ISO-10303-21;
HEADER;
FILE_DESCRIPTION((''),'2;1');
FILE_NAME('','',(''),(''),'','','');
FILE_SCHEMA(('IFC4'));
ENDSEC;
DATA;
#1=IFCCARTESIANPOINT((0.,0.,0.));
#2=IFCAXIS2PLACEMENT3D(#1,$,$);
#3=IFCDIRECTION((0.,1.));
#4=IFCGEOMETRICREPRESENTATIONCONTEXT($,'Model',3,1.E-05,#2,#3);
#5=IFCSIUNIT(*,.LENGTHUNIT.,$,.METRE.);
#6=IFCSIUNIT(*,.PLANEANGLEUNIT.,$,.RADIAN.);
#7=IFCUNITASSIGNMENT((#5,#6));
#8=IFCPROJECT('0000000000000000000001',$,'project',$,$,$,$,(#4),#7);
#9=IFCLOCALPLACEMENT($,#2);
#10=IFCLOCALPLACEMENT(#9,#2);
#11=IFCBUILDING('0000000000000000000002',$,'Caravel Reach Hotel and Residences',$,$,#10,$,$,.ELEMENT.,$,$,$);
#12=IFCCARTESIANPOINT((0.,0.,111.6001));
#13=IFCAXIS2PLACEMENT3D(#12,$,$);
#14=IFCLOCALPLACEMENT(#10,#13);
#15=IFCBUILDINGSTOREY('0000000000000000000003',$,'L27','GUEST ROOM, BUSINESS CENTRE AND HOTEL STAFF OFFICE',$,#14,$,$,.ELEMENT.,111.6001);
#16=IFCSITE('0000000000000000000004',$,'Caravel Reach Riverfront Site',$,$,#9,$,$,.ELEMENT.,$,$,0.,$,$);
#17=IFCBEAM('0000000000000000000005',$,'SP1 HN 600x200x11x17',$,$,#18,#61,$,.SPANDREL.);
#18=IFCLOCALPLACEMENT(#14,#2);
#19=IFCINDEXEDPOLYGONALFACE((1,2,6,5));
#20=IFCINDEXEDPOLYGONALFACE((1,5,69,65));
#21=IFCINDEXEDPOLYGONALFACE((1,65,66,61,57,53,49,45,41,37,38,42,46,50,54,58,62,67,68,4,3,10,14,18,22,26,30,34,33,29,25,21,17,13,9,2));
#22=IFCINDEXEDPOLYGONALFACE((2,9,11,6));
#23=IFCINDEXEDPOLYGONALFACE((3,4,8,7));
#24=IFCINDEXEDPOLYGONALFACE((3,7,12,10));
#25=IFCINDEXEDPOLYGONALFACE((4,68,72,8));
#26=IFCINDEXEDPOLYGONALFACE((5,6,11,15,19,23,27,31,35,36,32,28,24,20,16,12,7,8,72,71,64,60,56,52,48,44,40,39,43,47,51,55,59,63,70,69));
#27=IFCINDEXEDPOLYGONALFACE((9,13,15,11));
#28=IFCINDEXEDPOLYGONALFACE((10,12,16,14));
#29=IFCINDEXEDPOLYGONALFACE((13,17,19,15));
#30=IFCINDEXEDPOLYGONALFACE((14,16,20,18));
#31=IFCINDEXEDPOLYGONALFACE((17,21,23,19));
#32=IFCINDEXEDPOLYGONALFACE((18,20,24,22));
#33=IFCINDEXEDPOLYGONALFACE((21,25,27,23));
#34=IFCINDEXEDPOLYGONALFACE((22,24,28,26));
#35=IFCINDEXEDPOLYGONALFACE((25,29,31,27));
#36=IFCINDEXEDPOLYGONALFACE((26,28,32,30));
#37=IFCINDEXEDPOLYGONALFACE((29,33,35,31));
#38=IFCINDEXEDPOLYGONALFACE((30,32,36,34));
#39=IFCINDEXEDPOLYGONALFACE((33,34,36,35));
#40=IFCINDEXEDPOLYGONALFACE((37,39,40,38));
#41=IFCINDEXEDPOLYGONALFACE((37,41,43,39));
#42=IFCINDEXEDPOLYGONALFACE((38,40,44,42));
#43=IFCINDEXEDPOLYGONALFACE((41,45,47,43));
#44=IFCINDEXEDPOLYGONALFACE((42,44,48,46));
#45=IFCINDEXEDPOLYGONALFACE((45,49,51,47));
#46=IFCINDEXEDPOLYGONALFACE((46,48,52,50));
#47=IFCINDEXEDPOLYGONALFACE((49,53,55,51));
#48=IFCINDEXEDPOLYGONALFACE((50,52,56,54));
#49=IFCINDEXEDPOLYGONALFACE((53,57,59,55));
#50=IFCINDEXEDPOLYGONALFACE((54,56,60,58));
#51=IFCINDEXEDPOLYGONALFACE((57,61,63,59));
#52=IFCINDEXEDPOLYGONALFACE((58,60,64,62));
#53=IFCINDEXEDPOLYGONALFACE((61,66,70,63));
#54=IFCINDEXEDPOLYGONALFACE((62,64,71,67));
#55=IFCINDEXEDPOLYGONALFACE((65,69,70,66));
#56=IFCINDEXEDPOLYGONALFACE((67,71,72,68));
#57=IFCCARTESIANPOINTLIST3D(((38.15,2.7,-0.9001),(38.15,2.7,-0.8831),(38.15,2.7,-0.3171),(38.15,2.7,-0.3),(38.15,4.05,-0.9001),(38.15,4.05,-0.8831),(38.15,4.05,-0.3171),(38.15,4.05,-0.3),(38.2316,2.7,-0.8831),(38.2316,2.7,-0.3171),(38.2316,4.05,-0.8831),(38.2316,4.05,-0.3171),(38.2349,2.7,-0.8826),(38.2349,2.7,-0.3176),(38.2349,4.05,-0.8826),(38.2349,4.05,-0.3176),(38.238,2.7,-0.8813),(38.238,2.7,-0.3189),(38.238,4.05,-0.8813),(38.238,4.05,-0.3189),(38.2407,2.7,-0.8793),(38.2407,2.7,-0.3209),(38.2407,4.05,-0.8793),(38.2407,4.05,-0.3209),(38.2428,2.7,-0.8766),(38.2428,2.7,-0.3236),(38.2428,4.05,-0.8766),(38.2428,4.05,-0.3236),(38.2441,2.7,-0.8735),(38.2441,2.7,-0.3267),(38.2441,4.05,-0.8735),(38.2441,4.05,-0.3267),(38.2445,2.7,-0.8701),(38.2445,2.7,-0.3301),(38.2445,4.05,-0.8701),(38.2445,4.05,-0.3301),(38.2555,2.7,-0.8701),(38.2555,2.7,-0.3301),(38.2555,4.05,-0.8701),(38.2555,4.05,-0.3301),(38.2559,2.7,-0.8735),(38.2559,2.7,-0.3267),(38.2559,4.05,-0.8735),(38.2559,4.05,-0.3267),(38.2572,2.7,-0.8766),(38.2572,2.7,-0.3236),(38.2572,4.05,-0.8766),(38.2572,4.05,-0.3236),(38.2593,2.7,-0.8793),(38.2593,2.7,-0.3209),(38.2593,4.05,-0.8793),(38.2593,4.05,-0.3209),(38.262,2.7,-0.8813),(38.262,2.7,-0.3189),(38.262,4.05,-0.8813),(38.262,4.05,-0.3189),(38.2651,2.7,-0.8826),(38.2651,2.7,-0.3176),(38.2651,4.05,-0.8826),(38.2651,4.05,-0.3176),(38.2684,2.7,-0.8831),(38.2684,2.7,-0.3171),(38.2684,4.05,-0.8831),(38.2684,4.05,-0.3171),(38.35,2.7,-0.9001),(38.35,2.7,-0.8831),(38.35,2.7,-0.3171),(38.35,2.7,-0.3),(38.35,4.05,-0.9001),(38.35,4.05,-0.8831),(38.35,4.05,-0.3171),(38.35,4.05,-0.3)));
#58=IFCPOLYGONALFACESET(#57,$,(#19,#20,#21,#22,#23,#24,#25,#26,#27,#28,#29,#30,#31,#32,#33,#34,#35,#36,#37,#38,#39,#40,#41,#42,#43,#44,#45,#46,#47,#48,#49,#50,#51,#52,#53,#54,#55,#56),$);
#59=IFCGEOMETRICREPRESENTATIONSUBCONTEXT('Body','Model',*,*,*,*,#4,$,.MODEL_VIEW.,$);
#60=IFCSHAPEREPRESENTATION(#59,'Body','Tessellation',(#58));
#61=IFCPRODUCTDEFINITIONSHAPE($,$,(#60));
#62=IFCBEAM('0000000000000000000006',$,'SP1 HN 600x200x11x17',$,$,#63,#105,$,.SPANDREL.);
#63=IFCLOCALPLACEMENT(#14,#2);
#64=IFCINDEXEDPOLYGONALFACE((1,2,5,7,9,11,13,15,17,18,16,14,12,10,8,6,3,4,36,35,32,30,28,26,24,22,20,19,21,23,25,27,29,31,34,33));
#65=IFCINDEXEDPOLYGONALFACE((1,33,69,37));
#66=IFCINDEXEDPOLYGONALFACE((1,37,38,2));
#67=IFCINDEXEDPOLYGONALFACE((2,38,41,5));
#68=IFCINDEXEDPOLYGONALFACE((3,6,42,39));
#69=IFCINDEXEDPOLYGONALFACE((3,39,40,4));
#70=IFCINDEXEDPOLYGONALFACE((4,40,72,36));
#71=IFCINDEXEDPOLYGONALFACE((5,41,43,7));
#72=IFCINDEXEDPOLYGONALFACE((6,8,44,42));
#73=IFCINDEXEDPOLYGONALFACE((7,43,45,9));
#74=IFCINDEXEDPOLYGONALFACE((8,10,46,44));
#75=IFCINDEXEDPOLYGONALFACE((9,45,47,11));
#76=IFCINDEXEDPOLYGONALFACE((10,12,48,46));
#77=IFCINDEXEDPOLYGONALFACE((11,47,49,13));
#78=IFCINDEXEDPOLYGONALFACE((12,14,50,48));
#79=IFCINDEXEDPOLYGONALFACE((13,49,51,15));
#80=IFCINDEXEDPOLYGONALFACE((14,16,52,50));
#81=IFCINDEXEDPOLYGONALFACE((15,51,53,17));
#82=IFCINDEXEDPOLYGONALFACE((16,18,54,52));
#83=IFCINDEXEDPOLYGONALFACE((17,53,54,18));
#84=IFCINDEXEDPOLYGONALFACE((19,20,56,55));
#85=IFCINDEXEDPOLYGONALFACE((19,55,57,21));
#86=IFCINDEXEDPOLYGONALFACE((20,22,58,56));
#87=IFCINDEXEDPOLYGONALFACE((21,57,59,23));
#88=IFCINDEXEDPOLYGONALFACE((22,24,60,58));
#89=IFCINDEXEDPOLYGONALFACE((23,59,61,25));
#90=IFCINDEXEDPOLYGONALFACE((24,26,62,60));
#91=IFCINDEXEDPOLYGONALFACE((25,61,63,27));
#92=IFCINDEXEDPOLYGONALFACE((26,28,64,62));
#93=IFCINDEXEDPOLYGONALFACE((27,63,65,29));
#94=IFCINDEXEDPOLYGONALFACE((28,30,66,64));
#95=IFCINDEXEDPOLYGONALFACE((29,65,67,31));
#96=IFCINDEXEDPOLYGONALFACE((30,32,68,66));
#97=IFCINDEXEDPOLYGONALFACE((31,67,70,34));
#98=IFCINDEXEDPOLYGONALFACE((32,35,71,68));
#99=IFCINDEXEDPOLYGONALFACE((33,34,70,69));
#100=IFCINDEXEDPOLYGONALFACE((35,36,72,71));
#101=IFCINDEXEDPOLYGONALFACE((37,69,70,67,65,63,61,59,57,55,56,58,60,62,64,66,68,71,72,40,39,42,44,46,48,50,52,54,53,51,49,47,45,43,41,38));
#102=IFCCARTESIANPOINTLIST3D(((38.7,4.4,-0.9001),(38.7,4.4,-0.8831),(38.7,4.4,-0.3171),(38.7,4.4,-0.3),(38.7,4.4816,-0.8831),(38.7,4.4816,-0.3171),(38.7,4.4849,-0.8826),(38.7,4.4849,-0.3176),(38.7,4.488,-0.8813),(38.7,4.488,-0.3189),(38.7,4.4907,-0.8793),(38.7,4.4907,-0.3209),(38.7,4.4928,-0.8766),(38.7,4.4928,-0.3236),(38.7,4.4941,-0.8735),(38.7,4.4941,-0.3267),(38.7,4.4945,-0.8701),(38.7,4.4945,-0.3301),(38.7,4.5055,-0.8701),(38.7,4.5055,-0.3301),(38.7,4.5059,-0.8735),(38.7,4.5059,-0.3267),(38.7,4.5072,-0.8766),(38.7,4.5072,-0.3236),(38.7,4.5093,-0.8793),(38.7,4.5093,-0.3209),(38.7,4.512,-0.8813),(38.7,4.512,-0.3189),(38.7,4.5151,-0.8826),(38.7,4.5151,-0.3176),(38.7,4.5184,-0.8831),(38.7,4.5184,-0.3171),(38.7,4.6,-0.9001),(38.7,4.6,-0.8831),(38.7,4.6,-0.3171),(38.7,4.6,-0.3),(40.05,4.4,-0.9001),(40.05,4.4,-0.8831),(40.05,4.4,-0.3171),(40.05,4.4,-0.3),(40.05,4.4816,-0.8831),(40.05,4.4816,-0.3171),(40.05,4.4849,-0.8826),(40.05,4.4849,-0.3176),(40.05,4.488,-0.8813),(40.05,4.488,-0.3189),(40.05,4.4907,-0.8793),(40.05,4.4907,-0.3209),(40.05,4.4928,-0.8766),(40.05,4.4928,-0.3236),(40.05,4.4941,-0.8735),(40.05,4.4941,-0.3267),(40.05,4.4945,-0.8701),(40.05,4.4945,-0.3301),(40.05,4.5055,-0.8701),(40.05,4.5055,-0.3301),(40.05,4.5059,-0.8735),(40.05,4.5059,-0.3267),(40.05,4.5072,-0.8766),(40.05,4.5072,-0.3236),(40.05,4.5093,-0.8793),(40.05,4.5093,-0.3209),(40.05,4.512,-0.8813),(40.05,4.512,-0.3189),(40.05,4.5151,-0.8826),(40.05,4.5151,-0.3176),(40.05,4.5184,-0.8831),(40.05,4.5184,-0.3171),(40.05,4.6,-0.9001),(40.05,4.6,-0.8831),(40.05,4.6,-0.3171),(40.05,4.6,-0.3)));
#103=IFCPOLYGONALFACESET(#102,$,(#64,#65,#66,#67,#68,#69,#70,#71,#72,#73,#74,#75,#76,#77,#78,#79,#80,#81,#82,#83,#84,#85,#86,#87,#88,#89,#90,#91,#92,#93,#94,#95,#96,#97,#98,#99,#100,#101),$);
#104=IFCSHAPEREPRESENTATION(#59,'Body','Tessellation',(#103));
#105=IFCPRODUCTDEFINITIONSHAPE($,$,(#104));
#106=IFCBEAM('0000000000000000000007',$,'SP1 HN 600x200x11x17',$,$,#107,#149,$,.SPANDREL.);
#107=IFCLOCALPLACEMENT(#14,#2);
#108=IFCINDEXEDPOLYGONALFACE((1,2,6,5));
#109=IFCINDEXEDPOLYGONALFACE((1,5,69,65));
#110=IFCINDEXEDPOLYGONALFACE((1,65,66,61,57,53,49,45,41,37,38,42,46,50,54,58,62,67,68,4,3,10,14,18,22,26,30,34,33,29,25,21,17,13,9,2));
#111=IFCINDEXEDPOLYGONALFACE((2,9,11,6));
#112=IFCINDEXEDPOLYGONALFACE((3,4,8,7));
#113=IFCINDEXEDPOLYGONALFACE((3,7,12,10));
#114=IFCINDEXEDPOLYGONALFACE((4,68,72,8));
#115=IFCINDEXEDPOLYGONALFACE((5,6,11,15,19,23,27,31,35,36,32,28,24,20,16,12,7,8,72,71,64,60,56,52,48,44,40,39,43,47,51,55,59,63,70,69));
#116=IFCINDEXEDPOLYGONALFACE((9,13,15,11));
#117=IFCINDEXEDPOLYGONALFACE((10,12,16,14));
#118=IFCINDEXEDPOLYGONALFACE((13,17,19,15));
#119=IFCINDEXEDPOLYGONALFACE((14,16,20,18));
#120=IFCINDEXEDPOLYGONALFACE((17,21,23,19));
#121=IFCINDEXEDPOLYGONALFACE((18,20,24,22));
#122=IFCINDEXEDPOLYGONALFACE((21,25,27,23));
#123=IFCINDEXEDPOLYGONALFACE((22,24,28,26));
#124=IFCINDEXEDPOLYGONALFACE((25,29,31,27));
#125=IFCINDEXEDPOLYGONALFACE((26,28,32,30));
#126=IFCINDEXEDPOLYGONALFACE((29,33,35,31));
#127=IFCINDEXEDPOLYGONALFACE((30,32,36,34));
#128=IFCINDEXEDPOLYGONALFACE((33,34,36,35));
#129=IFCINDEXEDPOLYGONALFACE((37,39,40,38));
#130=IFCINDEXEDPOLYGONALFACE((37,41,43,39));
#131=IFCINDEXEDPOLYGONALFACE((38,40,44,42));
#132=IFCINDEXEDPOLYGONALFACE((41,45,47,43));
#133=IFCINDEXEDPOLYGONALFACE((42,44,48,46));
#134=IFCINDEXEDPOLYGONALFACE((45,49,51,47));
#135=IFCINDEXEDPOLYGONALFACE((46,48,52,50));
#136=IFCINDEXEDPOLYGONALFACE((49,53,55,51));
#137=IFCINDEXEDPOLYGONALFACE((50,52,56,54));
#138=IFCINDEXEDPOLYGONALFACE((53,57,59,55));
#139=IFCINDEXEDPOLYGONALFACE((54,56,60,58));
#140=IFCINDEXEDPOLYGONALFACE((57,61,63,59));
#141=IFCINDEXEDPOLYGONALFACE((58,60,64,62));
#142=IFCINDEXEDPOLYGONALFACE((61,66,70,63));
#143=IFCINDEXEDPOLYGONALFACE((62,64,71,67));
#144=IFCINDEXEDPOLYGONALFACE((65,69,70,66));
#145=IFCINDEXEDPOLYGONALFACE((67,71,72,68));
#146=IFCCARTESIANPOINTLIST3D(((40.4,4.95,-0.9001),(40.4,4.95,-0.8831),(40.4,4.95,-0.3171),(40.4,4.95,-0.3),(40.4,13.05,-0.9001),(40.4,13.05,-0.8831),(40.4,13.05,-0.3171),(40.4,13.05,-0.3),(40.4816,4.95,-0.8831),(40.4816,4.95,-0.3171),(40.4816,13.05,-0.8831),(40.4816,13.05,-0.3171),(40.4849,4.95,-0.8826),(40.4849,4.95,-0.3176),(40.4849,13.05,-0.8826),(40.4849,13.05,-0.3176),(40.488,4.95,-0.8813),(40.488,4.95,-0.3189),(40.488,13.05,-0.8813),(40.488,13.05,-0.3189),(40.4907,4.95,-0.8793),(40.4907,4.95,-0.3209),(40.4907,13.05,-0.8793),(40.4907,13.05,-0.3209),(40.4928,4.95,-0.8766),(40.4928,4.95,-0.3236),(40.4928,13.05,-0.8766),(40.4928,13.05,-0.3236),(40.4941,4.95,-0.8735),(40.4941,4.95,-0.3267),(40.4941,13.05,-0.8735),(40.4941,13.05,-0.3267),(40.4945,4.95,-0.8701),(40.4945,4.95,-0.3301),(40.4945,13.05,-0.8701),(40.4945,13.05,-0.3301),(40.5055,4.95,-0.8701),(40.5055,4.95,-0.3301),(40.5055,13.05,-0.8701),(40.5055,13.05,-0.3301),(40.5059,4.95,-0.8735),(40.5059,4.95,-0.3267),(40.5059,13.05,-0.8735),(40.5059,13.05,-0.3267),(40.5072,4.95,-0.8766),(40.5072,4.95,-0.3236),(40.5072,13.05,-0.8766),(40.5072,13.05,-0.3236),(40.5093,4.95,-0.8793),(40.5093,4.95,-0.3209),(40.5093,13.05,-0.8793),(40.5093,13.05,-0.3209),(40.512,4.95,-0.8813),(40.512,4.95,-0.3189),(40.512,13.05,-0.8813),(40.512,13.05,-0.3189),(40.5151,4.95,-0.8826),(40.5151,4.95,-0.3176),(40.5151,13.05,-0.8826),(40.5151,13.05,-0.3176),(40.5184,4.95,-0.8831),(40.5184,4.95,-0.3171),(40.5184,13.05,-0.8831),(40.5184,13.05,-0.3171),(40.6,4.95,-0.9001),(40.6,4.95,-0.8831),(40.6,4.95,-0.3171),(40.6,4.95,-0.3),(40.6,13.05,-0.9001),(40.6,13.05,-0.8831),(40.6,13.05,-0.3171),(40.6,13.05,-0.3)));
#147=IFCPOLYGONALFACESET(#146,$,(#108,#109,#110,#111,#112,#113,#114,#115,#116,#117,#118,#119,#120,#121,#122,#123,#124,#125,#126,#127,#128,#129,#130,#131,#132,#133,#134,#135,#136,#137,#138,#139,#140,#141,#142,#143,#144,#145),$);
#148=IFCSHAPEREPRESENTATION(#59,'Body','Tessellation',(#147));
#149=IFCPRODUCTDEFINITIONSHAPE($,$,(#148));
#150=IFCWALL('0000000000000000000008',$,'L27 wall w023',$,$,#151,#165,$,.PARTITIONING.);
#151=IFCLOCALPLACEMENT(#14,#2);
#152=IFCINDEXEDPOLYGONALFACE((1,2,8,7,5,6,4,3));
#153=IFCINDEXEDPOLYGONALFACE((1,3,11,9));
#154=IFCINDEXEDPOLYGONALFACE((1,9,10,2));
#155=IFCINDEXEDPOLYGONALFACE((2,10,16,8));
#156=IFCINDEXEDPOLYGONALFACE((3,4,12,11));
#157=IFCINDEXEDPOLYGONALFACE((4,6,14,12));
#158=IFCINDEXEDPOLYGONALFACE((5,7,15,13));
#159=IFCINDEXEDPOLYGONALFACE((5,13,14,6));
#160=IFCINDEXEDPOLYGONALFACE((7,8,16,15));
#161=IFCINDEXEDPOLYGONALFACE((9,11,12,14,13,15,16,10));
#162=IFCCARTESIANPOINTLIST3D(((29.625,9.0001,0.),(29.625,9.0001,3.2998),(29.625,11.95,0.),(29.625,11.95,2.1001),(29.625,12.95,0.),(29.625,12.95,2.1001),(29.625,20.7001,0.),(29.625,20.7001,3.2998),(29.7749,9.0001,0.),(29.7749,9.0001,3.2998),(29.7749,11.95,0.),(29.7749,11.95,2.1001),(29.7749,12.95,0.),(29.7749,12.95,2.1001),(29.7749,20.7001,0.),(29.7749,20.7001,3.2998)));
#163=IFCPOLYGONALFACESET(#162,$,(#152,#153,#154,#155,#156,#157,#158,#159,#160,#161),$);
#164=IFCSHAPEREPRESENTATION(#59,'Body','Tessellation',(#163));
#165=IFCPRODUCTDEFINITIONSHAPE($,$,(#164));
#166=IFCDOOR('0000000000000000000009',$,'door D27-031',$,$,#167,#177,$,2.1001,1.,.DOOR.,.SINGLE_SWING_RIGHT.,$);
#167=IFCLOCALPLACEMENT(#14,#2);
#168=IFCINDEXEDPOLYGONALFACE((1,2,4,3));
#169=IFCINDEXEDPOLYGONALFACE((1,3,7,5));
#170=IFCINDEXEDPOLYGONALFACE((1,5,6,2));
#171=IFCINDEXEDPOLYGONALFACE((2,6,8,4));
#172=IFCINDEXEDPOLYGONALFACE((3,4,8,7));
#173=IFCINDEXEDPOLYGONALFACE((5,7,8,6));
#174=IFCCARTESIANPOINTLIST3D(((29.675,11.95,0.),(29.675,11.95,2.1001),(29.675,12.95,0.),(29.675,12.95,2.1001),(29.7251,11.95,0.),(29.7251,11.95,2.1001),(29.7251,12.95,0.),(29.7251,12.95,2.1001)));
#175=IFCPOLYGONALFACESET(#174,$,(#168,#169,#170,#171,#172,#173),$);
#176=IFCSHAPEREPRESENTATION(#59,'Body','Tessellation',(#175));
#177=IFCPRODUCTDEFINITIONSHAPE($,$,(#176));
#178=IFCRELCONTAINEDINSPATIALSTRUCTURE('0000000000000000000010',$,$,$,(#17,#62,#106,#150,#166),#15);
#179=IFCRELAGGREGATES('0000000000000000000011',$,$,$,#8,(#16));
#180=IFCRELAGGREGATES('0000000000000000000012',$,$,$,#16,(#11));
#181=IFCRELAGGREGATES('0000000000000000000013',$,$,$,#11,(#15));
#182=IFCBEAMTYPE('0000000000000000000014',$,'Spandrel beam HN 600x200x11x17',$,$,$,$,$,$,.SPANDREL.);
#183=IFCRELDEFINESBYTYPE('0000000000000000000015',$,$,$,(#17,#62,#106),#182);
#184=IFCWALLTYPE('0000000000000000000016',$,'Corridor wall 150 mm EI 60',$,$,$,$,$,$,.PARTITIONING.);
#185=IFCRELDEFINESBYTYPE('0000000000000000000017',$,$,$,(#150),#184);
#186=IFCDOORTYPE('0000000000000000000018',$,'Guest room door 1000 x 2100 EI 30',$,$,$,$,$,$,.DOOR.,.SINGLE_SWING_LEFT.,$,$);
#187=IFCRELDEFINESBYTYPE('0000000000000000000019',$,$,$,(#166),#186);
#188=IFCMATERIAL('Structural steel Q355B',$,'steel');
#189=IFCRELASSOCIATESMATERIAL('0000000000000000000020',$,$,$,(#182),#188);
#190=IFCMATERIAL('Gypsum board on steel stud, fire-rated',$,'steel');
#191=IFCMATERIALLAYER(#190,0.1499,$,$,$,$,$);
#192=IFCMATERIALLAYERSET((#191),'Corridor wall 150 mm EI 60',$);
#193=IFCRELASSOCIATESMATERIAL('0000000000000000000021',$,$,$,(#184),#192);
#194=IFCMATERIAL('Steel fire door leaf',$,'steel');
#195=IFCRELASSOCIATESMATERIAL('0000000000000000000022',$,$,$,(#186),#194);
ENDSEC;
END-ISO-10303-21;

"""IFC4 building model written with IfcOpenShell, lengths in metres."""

from ifc_helpers import new_model, si_unit, direction, frame, frame_2d, origin, origin_2d, place, context, subcontext, project, spatial, rectangle, i_section, extrude, material, layer, layer_set, material_profile, profile_set, type_object, element, fill, save


model = new_model("IFC4")

# Units and contexts
model_context = context("Model", 3, precision=1e-05, world=origin(), true_north=direction((0.0, 1.0)))
body_context = subcontext(model_context, "Body", "Model", "MODEL_VIEW")
ifc_project = project(units=[si_unit("LENGTHUNIT", "METRE"), si_unit("PLANEANGLEUNIT", "RADIAN")], contexts=[model_context])

# Site, building, storey
site_placement = place(None, origin())
site = spatial("IfcSite", under=ifc_project, at=site_placement, Name="Caravel Reach Riverfront Site", CompositionType="ELEMENT", RefElevation=0.0)
building_placement = place(site_placement, origin())
building = spatial("IfcBuilding", under=site, at=building_placement, Name="Caravel Reach Hotel and Residences", CompositionType="ELEMENT")
storey_placement = place(building_placement, frame((0.0, 0.0, 111.6001)))
storey = spatial("IfcBuildingStorey", under=building, at=storey_placement, Name="L27", Description="GUEST ROOM, BUSINESS CENTRE AND HOTEL STAFF OFFICE", CompositionType="ELEMENT", Elevation=111.6001)

# Beams
ifc_material_1 = material(Name="Structural steel Q355B", Category="steel")
ifc_material_profile_1 = material_profile(ifc_material_1, i_section(OverallWidth=0.2, OverallDepth=0.6001, WebThickness=0.011, FlangeThickness=0.0171, FilletRadius=0.0129, at=origin_2d()), Name="HN 600x200x11x17")
ifc_profile_set_1 = profile_set([ifc_material_profile_1], Name="Structural steel Q355B")
beam_type = type_object("IfcBeamType", Name="Spandrel beam HN 600x200x11x17", PredefinedType="SPANDREL", material=ifc_profile_set_1)
for number, where, z_axis, x_axis, name in (
    (1, (38.25, 2.7, -0.6001), (0.0, 1.0, 0.0), (-1.0, 0.0, 0.0), "SP1 HN 600x200x11x17"),
    (2, (38.7, 4.5, -0.6001), (1.0, 0.0, 0.0), (0.0, 1.0, 0.0), "SP1 HN 600x200x11x17"),
):
    element("IfcBeam", number, at=place(storey_placement, frame(where, z_axis=z_axis, x_axis=x_axis)), inside=storey, type_object=beam_type, Name=name, PredefinedType="SPANDREL", context=body_context, shape_type="SweptSolid", body=[
        extrude(i_section(OverallWidth=0.2, OverallDepth=0.6001, WebThickness=0.011, FlangeThickness=0.0171, FilletRadius=0.0129, at=origin_2d()), origin(), (0.0, 0.0, 1.0), 1.3501),
    ])
beam_placement = place(storey_placement, frame((40.5, 4.95, -0.6001), z_axis=(0.0, 1.0, 0.0), x_axis=(-1.0, 0.0, 0.0)))
element("IfcBeam", 3, at=beam_placement, inside=storey, type_object=beam_type, Name="SP1 HN 600x200x11x17", PredefinedType="SPANDREL", context=body_context, shape_type="SweptSolid", body=[
    extrude(i_section(OverallWidth=0.2, OverallDepth=0.6001, WebThickness=0.011, FlangeThickness=0.0171, FilletRadius=0.0129, at=origin_2d()), origin(), (0.0, 0.0, 1.0), 8.1001),
])

# Wall, opening, door
ifc_material_2 = material(Name="Gypsum board on steel stud, fire-rated", Category="steel")
ifc_layer_1 = layer(ifc_material_2, 0.1499)
ifc_layer_set_1 = layer_set([ifc_layer_1], Name="Corridor wall 150 mm EI 60")
wall_type_1 = type_object("IfcWallType", Name="Corridor wall 150 mm EI 60", PredefinedType="PARTITIONING", material=ifc_layer_set_1)
wall_1_placement = place(storey_placement, frame((29.7, 9.0, 0.0), z_axis=(0.0, 0.0, 1.0), x_axis=(0.0, 1.0, 0.0)))
wall_1 = element("IfcWall", 4, at=wall_1_placement, inside=storey, type_object=wall_type_1, Name="L27 wall w023", PredefinedType="PARTITIONING", context=body_context, shape_type="SweptSolid", body=[
    extrude(rectangle(XDim=11.7, YDim=0.1499, at=frame_2d((5.8501, 0.0))), origin(), (0.0, 0.0, 1.0), 3.2998),
])
opening_1_placement = place(wall_1_placement, frame((2.95, 0.0, 0.0)))
opening_1 = element("IfcOpeningElement", 5, at=opening_1_placement, cuts=wall_1, PredefinedType="OPENING", context=body_context, shape_type="SweptSolid", body=[
    extrude(rectangle(XDim=1.0, YDim=2.1001, at=frame_2d((0.5, 1.05))), frame((0.0, 0.085, 0.0), z_axis=(0.0, -1.0, 0.0), x_axis=(1.0, 0.0, 0.0)), (0.0, 0.0, 1.0), 0.1699),
])
ifc_material_3 = material(Name="Steel fire door leaf", Category="steel")
door_type = type_object("IfcDoorType", Name="Guest room door 1000 x 2100 EI 30", OperationType="SINGLE_SWING_LEFT", PredefinedType="DOOR", material=ifc_material_3)
door_1_placement = place(opening_1_placement, origin())
door_1 = element("IfcDoor", 6, at=door_1_placement, inside=storey, type_object=door_type, Name="door D27-031", OperationType="SINGLE_SWING_RIGHT", OverallHeight=2.1001, OverallWidth=1.0, PredefinedType="DOOR", context=body_context, shape_type="SweptSolid", body=[
    extrude(rectangle(XDim=1.0, YDim=2.1001, at=frame_2d((0.5, 1.05))), frame((0.0, 0.0249, 0.0), z_axis=(0.0, -1.0, 0.0), x_axis=(1.0, 0.0, 0.0)), (0.0, 0.0, 1.0), 0.05),
])
fill(opening_1, door_1)

save(model, "model.ifc")
